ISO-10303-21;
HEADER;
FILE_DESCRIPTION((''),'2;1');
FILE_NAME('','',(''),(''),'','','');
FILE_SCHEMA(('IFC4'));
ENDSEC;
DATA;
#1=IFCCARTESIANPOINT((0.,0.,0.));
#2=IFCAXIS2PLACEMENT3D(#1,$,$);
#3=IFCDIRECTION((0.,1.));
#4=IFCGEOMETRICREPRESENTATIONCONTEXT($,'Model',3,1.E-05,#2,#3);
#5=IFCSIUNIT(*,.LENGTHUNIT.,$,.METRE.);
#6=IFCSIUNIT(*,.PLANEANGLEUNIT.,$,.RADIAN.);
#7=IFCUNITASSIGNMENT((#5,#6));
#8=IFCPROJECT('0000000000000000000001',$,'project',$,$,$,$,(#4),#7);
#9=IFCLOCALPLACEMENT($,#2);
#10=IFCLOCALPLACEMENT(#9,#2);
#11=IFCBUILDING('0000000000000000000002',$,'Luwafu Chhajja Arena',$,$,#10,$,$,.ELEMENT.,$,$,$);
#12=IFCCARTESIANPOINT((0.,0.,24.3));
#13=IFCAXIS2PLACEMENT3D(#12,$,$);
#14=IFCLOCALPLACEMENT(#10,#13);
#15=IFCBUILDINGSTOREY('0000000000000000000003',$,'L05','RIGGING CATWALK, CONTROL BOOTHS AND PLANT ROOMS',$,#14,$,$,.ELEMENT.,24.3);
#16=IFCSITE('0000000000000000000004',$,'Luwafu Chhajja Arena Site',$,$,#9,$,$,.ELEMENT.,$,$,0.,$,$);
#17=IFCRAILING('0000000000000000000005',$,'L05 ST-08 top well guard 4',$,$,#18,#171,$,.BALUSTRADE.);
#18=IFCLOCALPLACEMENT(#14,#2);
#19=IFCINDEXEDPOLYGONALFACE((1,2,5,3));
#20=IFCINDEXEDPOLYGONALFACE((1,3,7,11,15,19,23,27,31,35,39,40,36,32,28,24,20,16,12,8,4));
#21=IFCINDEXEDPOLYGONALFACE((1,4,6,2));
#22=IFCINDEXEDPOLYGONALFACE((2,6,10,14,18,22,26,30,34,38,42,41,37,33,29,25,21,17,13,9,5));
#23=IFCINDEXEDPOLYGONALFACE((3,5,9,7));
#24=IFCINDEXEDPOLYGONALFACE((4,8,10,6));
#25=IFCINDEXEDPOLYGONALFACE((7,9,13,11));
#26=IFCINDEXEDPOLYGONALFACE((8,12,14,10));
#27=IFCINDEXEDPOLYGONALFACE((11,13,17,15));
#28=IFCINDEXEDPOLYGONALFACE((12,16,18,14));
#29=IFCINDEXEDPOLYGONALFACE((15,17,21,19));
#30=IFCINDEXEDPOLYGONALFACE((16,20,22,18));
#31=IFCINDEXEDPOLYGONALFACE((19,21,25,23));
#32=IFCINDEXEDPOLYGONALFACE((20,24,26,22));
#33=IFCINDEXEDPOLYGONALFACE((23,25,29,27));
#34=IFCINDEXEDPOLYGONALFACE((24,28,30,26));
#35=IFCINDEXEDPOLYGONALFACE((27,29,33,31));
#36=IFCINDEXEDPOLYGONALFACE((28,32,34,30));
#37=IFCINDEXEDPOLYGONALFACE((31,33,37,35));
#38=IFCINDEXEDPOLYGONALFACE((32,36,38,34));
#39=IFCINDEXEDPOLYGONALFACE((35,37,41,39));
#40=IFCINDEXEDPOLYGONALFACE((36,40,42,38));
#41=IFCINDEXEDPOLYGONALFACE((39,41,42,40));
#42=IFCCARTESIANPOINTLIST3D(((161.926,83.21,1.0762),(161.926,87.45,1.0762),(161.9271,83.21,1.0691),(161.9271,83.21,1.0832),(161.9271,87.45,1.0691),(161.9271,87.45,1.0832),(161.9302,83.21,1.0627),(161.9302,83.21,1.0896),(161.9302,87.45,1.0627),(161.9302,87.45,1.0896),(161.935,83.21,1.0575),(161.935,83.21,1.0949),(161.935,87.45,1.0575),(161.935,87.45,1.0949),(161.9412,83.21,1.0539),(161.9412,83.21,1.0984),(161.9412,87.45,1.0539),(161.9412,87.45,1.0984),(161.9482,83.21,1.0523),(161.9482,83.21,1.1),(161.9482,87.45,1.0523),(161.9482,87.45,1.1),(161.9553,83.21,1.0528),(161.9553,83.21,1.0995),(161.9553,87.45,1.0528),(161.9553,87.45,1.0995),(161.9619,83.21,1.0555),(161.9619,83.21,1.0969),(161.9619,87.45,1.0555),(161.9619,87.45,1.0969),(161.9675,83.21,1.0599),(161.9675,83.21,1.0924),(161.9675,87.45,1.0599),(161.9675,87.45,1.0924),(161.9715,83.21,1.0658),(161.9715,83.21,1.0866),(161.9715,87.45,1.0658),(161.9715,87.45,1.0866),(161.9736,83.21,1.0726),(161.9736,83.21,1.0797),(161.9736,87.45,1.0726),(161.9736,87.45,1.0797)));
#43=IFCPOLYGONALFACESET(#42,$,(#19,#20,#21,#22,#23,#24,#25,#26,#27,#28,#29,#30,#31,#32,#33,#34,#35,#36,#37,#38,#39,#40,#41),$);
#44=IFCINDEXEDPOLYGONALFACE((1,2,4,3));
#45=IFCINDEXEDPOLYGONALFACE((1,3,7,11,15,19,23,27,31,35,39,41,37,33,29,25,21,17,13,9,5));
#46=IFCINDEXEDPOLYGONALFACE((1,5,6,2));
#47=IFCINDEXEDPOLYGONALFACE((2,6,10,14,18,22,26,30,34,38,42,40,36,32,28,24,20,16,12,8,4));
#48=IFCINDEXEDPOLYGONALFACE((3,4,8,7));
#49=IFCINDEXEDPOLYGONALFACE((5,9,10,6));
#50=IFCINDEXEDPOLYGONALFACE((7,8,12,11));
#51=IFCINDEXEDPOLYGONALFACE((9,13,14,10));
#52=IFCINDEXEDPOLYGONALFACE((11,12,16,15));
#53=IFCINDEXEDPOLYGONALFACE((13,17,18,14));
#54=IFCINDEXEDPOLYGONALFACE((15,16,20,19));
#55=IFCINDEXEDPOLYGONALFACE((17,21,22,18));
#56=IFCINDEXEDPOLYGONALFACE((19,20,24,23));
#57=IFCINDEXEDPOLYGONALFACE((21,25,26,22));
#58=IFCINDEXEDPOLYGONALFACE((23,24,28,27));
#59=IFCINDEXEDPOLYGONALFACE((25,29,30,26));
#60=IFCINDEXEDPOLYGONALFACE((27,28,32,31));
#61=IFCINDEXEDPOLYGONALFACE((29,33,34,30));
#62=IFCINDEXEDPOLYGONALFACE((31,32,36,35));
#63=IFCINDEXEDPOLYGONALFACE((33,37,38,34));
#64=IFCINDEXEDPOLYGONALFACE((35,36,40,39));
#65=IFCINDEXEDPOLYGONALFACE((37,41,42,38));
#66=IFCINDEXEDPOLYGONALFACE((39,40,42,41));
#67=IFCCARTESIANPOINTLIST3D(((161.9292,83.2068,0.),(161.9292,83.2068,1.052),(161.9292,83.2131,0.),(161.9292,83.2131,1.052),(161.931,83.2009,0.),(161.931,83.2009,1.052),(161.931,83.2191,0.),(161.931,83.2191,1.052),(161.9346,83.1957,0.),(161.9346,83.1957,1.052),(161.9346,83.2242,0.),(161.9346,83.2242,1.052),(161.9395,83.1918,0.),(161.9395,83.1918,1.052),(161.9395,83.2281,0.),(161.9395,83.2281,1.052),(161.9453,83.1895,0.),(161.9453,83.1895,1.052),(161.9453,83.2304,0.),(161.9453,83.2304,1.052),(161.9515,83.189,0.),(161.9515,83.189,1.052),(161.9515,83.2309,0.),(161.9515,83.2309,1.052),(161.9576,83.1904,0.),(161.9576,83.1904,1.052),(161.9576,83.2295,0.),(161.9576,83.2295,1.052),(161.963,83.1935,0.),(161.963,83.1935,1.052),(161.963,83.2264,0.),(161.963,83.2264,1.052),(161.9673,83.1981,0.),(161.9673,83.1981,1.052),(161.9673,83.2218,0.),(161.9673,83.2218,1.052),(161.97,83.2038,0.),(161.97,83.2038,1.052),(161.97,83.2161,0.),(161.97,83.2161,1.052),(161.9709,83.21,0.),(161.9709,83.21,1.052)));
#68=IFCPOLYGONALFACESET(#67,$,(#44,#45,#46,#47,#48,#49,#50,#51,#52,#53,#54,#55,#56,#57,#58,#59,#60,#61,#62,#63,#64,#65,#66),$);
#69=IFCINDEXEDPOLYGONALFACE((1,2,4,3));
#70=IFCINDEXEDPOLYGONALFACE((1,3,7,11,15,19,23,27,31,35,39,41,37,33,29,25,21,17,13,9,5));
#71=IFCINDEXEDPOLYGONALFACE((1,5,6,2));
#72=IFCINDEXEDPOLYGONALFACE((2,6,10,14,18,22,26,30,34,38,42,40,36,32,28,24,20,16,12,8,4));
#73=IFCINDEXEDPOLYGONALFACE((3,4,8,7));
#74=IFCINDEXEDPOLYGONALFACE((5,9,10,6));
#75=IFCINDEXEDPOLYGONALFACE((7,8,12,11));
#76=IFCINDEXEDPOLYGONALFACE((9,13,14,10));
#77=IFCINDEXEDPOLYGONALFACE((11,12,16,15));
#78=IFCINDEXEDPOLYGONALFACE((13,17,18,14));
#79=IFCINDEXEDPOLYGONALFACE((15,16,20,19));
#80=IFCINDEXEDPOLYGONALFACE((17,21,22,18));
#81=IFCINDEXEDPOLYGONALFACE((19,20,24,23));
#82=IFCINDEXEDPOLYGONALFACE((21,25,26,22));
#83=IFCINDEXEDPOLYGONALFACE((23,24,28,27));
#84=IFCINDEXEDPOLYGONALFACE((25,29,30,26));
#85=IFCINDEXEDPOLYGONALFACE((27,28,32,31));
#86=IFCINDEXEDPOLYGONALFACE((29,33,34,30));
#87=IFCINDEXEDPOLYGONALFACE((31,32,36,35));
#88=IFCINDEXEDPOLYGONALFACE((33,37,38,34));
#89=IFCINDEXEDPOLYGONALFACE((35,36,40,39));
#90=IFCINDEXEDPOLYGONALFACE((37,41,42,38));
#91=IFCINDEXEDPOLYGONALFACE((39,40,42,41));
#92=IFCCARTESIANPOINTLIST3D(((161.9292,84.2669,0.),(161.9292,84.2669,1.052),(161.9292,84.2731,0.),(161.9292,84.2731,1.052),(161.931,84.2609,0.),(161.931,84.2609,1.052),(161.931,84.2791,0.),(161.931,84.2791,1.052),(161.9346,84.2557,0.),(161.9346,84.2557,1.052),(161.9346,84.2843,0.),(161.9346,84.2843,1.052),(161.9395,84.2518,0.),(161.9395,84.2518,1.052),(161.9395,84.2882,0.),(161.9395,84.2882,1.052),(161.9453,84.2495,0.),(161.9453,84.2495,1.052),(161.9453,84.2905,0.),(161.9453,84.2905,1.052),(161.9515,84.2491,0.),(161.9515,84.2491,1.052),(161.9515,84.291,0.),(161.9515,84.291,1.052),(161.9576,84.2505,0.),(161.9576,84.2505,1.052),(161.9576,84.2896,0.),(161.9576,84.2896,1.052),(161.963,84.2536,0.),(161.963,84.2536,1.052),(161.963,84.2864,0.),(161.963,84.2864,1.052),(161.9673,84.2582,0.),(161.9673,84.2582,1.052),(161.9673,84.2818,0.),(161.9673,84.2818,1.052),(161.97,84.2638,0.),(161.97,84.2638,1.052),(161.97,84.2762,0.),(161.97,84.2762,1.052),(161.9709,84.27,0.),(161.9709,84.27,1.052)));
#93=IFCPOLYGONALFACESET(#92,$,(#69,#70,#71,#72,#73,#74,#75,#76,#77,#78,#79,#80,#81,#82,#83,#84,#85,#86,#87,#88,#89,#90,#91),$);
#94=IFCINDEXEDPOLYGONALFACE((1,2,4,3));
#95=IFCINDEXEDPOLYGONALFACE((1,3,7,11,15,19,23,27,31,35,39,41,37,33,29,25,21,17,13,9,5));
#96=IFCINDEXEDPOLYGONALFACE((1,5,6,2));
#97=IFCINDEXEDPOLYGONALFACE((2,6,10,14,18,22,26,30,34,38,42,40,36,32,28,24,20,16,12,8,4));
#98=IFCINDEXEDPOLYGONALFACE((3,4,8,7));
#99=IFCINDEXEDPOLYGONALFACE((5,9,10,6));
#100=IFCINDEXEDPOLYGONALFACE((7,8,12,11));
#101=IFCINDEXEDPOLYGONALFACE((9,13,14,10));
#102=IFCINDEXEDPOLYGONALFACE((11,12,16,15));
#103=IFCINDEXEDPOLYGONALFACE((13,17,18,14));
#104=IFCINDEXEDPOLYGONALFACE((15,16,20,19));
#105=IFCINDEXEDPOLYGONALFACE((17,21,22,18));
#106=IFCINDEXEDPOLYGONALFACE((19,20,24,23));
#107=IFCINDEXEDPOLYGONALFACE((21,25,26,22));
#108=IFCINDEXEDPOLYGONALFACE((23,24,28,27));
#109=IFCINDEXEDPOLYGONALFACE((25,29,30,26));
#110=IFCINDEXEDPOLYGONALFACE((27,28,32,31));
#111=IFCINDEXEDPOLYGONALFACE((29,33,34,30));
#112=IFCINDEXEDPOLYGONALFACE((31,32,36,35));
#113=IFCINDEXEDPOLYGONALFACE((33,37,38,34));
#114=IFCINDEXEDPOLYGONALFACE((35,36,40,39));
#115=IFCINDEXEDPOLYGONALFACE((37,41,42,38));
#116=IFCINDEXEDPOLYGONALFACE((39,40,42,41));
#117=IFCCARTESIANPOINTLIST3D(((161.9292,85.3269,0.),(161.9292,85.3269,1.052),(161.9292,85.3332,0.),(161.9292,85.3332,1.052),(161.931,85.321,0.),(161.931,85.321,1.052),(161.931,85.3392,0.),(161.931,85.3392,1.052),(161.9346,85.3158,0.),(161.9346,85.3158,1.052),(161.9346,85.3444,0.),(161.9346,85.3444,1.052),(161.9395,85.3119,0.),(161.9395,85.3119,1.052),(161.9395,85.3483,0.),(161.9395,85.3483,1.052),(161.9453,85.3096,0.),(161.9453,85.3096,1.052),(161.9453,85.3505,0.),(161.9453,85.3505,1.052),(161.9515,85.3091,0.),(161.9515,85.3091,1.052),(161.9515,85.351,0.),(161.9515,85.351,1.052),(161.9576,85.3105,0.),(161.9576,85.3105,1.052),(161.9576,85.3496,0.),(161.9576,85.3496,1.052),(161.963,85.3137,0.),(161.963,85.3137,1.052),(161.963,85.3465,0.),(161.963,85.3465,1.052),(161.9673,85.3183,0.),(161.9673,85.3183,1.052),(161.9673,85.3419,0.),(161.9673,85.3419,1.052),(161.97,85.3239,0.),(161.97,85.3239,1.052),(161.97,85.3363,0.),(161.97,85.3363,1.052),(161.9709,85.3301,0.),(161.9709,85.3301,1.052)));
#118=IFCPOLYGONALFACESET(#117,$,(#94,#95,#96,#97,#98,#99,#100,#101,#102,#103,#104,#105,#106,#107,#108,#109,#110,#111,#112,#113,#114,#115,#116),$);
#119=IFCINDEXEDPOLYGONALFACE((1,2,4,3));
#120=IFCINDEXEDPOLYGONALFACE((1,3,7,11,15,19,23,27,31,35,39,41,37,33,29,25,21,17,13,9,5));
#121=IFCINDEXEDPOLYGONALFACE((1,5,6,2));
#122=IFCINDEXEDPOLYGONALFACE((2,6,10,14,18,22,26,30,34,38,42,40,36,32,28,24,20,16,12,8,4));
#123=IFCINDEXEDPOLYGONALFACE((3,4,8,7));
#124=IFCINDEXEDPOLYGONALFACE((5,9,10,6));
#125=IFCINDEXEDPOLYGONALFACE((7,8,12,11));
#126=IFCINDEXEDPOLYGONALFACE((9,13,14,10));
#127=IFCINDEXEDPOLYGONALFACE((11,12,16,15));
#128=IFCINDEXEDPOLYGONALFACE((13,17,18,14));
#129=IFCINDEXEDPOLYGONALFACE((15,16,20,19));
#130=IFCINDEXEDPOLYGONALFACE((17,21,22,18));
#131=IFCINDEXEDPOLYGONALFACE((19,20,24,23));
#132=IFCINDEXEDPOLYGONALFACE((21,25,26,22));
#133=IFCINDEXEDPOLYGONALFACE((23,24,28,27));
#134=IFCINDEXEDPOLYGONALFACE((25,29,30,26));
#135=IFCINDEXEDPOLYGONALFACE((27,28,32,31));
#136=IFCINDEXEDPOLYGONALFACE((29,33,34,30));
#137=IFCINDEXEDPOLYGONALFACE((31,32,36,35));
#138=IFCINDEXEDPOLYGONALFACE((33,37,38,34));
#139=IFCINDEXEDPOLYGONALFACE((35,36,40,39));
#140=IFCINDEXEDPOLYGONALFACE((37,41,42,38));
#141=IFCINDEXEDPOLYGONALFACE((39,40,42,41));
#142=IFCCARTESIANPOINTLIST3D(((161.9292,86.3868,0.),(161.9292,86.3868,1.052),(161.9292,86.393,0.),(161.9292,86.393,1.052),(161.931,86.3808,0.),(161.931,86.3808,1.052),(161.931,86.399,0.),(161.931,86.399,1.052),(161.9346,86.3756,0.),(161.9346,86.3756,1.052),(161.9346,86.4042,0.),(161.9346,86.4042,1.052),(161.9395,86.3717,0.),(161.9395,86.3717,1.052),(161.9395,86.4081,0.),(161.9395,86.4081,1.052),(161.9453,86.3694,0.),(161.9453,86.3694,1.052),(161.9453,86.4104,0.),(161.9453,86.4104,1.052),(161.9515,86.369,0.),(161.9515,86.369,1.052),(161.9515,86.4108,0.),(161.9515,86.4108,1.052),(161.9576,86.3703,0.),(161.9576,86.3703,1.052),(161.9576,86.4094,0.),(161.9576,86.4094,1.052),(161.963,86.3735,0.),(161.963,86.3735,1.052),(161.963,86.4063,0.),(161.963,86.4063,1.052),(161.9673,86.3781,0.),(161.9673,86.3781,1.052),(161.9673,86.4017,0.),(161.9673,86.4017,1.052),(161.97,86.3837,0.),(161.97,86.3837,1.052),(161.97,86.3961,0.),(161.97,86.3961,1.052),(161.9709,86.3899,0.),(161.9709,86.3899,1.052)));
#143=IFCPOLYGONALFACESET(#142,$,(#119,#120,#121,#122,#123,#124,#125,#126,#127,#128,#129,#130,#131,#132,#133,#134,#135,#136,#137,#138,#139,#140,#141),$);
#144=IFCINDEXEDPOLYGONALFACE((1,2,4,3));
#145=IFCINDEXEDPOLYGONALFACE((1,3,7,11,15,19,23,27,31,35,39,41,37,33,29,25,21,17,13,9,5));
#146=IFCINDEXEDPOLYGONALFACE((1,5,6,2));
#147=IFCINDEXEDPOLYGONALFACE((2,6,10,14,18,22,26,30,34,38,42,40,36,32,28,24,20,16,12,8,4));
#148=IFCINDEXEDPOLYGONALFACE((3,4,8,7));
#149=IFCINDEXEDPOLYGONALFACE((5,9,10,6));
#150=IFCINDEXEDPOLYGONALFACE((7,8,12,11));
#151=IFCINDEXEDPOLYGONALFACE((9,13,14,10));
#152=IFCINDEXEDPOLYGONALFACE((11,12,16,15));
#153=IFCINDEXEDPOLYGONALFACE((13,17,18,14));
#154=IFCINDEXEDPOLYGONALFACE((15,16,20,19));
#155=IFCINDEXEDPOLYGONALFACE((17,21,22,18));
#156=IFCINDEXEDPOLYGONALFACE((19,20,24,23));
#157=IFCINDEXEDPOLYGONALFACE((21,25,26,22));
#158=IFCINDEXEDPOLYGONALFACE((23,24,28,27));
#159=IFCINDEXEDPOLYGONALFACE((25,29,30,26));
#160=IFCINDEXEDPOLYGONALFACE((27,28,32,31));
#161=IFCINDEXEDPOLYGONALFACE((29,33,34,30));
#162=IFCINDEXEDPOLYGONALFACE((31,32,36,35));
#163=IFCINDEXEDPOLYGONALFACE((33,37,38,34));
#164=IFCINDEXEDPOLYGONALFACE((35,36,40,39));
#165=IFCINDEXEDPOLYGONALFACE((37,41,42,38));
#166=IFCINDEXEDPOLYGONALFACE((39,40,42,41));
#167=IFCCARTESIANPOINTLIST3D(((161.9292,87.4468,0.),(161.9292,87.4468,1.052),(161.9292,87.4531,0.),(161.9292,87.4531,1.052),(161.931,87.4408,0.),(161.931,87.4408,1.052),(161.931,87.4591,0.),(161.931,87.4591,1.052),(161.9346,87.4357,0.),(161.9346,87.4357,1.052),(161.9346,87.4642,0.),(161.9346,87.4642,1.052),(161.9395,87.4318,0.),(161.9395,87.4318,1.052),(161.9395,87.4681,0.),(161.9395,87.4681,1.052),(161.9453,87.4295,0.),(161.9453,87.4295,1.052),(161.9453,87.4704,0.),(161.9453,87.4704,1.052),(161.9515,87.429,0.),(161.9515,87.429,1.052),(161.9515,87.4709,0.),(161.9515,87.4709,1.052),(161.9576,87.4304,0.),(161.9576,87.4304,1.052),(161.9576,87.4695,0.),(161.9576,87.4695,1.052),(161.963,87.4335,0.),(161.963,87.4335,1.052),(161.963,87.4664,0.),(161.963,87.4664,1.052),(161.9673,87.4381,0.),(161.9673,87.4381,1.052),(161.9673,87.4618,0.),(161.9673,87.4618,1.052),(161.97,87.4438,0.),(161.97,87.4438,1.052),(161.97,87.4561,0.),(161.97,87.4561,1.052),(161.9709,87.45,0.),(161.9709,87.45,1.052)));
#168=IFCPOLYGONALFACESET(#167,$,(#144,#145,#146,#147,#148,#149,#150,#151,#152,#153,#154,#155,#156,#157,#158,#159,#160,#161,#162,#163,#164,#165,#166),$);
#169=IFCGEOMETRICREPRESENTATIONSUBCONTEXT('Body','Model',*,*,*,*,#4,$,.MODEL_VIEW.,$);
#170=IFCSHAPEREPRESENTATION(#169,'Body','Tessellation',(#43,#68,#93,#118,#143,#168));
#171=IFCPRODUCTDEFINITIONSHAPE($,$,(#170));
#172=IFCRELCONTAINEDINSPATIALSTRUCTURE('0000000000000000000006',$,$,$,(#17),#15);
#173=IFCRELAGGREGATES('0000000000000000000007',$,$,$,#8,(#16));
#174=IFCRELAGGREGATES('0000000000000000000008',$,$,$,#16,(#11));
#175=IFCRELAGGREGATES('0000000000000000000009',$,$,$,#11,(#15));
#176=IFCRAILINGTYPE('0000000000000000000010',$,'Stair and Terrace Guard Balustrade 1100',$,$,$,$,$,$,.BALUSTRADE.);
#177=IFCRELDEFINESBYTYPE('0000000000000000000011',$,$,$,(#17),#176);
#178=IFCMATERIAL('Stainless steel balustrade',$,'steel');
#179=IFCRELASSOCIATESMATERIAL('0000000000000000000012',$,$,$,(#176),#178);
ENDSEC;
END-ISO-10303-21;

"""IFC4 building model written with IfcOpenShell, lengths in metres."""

from ifc_helpers import new_model, si_unit, direction, frame, origin, origin_2d, place, context, subcontext, project, spatial, circle, extrude, material, type_object, element, save


model = new_model("IFC4")

# Units and contexts
model_context = context("Model", 3, precision=1e-05, world=origin(), true_north=direction((0.0, 1.0)))
body_context = subcontext(model_context, "Body", "Model", "MODEL_VIEW")
ifc_project = project(units=[si_unit("LENGTHUNIT", "METRE"), si_unit("PLANEANGLEUNIT", "RADIAN")], contexts=[model_context])

# Site, building, storey
site_placement = place(None, origin())
site = spatial("IfcSite", under=ifc_project, at=site_placement, Name="Luwafu Chhajja Arena Site", CompositionType="ELEMENT", RefElevation=0.0)
building_placement = place(site_placement, origin())
building = spatial("IfcBuilding", under=site, at=building_placement, Name="Luwafu Chhajja Arena", CompositionType="ELEMENT")
storey_placement = place(building_placement, frame((0.0, 0.0, 24.3)))
storey = spatial("IfcBuildingStorey", under=building, at=storey_placement, Name="L05", Description="RIGGING CATWALK, CONTROL BOOTHS AND PLANT ROOMS", CompositionType="ELEMENT", Elevation=24.3)

# Railing
ifc_material_1 = material(Name="Stainless steel balustrade", Category="steel")
railing_type = type_object("IfcRailingType", Name="Stair and Terrace Guard Balustrade 1100", PredefinedType="BALUSTRADE", material=ifc_material_1)
railing_1_placement = place(storey_placement, frame((161.95, 83.21, 0.0)))
element("IfcRailing", 1, at=railing_1_placement, inside=storey, type_object=railing_type, Name="L05 ST-08 top well guard 4", PredefinedType="BALUSTRADE", context=body_context, shape_type="SweptSolid", body=[
    extrude(circle(Radius=0.0239, at=origin_2d()), frame((0.0, 0.0, 1.0762), z_axis=(0.0, 1.0, 0.0), x_axis=(-1.0, 0.0, 0.0)), (0.0, 0.0, 1.0), 4.24),
    extrude(circle(Radius=0.021, at=origin_2d()), origin(), (0.0, 0.0, 1.0), 1.052),
    extrude(circle(Radius=0.021, at=origin_2d()), frame((0.0, 1.0601, 0.0)), (0.0, 0.0, 1.0), 1.052),
    extrude(circle(Radius=0.021, at=origin_2d()), frame((0.0, 2.1201, 0.0)), (0.0, 0.0, 1.0), 1.052),
    extrude(circle(Radius=0.021, at=origin_2d()), frame((0.0, 3.1799, 0.0)), (0.0, 0.0, 1.0), 1.052),
    extrude(circle(Radius=0.021, at=origin_2d()), frame((0.0, 4.24, 0.0)), (0.0, 0.0, 1.0), 1.052),
])

save(model, "model.ifc")
